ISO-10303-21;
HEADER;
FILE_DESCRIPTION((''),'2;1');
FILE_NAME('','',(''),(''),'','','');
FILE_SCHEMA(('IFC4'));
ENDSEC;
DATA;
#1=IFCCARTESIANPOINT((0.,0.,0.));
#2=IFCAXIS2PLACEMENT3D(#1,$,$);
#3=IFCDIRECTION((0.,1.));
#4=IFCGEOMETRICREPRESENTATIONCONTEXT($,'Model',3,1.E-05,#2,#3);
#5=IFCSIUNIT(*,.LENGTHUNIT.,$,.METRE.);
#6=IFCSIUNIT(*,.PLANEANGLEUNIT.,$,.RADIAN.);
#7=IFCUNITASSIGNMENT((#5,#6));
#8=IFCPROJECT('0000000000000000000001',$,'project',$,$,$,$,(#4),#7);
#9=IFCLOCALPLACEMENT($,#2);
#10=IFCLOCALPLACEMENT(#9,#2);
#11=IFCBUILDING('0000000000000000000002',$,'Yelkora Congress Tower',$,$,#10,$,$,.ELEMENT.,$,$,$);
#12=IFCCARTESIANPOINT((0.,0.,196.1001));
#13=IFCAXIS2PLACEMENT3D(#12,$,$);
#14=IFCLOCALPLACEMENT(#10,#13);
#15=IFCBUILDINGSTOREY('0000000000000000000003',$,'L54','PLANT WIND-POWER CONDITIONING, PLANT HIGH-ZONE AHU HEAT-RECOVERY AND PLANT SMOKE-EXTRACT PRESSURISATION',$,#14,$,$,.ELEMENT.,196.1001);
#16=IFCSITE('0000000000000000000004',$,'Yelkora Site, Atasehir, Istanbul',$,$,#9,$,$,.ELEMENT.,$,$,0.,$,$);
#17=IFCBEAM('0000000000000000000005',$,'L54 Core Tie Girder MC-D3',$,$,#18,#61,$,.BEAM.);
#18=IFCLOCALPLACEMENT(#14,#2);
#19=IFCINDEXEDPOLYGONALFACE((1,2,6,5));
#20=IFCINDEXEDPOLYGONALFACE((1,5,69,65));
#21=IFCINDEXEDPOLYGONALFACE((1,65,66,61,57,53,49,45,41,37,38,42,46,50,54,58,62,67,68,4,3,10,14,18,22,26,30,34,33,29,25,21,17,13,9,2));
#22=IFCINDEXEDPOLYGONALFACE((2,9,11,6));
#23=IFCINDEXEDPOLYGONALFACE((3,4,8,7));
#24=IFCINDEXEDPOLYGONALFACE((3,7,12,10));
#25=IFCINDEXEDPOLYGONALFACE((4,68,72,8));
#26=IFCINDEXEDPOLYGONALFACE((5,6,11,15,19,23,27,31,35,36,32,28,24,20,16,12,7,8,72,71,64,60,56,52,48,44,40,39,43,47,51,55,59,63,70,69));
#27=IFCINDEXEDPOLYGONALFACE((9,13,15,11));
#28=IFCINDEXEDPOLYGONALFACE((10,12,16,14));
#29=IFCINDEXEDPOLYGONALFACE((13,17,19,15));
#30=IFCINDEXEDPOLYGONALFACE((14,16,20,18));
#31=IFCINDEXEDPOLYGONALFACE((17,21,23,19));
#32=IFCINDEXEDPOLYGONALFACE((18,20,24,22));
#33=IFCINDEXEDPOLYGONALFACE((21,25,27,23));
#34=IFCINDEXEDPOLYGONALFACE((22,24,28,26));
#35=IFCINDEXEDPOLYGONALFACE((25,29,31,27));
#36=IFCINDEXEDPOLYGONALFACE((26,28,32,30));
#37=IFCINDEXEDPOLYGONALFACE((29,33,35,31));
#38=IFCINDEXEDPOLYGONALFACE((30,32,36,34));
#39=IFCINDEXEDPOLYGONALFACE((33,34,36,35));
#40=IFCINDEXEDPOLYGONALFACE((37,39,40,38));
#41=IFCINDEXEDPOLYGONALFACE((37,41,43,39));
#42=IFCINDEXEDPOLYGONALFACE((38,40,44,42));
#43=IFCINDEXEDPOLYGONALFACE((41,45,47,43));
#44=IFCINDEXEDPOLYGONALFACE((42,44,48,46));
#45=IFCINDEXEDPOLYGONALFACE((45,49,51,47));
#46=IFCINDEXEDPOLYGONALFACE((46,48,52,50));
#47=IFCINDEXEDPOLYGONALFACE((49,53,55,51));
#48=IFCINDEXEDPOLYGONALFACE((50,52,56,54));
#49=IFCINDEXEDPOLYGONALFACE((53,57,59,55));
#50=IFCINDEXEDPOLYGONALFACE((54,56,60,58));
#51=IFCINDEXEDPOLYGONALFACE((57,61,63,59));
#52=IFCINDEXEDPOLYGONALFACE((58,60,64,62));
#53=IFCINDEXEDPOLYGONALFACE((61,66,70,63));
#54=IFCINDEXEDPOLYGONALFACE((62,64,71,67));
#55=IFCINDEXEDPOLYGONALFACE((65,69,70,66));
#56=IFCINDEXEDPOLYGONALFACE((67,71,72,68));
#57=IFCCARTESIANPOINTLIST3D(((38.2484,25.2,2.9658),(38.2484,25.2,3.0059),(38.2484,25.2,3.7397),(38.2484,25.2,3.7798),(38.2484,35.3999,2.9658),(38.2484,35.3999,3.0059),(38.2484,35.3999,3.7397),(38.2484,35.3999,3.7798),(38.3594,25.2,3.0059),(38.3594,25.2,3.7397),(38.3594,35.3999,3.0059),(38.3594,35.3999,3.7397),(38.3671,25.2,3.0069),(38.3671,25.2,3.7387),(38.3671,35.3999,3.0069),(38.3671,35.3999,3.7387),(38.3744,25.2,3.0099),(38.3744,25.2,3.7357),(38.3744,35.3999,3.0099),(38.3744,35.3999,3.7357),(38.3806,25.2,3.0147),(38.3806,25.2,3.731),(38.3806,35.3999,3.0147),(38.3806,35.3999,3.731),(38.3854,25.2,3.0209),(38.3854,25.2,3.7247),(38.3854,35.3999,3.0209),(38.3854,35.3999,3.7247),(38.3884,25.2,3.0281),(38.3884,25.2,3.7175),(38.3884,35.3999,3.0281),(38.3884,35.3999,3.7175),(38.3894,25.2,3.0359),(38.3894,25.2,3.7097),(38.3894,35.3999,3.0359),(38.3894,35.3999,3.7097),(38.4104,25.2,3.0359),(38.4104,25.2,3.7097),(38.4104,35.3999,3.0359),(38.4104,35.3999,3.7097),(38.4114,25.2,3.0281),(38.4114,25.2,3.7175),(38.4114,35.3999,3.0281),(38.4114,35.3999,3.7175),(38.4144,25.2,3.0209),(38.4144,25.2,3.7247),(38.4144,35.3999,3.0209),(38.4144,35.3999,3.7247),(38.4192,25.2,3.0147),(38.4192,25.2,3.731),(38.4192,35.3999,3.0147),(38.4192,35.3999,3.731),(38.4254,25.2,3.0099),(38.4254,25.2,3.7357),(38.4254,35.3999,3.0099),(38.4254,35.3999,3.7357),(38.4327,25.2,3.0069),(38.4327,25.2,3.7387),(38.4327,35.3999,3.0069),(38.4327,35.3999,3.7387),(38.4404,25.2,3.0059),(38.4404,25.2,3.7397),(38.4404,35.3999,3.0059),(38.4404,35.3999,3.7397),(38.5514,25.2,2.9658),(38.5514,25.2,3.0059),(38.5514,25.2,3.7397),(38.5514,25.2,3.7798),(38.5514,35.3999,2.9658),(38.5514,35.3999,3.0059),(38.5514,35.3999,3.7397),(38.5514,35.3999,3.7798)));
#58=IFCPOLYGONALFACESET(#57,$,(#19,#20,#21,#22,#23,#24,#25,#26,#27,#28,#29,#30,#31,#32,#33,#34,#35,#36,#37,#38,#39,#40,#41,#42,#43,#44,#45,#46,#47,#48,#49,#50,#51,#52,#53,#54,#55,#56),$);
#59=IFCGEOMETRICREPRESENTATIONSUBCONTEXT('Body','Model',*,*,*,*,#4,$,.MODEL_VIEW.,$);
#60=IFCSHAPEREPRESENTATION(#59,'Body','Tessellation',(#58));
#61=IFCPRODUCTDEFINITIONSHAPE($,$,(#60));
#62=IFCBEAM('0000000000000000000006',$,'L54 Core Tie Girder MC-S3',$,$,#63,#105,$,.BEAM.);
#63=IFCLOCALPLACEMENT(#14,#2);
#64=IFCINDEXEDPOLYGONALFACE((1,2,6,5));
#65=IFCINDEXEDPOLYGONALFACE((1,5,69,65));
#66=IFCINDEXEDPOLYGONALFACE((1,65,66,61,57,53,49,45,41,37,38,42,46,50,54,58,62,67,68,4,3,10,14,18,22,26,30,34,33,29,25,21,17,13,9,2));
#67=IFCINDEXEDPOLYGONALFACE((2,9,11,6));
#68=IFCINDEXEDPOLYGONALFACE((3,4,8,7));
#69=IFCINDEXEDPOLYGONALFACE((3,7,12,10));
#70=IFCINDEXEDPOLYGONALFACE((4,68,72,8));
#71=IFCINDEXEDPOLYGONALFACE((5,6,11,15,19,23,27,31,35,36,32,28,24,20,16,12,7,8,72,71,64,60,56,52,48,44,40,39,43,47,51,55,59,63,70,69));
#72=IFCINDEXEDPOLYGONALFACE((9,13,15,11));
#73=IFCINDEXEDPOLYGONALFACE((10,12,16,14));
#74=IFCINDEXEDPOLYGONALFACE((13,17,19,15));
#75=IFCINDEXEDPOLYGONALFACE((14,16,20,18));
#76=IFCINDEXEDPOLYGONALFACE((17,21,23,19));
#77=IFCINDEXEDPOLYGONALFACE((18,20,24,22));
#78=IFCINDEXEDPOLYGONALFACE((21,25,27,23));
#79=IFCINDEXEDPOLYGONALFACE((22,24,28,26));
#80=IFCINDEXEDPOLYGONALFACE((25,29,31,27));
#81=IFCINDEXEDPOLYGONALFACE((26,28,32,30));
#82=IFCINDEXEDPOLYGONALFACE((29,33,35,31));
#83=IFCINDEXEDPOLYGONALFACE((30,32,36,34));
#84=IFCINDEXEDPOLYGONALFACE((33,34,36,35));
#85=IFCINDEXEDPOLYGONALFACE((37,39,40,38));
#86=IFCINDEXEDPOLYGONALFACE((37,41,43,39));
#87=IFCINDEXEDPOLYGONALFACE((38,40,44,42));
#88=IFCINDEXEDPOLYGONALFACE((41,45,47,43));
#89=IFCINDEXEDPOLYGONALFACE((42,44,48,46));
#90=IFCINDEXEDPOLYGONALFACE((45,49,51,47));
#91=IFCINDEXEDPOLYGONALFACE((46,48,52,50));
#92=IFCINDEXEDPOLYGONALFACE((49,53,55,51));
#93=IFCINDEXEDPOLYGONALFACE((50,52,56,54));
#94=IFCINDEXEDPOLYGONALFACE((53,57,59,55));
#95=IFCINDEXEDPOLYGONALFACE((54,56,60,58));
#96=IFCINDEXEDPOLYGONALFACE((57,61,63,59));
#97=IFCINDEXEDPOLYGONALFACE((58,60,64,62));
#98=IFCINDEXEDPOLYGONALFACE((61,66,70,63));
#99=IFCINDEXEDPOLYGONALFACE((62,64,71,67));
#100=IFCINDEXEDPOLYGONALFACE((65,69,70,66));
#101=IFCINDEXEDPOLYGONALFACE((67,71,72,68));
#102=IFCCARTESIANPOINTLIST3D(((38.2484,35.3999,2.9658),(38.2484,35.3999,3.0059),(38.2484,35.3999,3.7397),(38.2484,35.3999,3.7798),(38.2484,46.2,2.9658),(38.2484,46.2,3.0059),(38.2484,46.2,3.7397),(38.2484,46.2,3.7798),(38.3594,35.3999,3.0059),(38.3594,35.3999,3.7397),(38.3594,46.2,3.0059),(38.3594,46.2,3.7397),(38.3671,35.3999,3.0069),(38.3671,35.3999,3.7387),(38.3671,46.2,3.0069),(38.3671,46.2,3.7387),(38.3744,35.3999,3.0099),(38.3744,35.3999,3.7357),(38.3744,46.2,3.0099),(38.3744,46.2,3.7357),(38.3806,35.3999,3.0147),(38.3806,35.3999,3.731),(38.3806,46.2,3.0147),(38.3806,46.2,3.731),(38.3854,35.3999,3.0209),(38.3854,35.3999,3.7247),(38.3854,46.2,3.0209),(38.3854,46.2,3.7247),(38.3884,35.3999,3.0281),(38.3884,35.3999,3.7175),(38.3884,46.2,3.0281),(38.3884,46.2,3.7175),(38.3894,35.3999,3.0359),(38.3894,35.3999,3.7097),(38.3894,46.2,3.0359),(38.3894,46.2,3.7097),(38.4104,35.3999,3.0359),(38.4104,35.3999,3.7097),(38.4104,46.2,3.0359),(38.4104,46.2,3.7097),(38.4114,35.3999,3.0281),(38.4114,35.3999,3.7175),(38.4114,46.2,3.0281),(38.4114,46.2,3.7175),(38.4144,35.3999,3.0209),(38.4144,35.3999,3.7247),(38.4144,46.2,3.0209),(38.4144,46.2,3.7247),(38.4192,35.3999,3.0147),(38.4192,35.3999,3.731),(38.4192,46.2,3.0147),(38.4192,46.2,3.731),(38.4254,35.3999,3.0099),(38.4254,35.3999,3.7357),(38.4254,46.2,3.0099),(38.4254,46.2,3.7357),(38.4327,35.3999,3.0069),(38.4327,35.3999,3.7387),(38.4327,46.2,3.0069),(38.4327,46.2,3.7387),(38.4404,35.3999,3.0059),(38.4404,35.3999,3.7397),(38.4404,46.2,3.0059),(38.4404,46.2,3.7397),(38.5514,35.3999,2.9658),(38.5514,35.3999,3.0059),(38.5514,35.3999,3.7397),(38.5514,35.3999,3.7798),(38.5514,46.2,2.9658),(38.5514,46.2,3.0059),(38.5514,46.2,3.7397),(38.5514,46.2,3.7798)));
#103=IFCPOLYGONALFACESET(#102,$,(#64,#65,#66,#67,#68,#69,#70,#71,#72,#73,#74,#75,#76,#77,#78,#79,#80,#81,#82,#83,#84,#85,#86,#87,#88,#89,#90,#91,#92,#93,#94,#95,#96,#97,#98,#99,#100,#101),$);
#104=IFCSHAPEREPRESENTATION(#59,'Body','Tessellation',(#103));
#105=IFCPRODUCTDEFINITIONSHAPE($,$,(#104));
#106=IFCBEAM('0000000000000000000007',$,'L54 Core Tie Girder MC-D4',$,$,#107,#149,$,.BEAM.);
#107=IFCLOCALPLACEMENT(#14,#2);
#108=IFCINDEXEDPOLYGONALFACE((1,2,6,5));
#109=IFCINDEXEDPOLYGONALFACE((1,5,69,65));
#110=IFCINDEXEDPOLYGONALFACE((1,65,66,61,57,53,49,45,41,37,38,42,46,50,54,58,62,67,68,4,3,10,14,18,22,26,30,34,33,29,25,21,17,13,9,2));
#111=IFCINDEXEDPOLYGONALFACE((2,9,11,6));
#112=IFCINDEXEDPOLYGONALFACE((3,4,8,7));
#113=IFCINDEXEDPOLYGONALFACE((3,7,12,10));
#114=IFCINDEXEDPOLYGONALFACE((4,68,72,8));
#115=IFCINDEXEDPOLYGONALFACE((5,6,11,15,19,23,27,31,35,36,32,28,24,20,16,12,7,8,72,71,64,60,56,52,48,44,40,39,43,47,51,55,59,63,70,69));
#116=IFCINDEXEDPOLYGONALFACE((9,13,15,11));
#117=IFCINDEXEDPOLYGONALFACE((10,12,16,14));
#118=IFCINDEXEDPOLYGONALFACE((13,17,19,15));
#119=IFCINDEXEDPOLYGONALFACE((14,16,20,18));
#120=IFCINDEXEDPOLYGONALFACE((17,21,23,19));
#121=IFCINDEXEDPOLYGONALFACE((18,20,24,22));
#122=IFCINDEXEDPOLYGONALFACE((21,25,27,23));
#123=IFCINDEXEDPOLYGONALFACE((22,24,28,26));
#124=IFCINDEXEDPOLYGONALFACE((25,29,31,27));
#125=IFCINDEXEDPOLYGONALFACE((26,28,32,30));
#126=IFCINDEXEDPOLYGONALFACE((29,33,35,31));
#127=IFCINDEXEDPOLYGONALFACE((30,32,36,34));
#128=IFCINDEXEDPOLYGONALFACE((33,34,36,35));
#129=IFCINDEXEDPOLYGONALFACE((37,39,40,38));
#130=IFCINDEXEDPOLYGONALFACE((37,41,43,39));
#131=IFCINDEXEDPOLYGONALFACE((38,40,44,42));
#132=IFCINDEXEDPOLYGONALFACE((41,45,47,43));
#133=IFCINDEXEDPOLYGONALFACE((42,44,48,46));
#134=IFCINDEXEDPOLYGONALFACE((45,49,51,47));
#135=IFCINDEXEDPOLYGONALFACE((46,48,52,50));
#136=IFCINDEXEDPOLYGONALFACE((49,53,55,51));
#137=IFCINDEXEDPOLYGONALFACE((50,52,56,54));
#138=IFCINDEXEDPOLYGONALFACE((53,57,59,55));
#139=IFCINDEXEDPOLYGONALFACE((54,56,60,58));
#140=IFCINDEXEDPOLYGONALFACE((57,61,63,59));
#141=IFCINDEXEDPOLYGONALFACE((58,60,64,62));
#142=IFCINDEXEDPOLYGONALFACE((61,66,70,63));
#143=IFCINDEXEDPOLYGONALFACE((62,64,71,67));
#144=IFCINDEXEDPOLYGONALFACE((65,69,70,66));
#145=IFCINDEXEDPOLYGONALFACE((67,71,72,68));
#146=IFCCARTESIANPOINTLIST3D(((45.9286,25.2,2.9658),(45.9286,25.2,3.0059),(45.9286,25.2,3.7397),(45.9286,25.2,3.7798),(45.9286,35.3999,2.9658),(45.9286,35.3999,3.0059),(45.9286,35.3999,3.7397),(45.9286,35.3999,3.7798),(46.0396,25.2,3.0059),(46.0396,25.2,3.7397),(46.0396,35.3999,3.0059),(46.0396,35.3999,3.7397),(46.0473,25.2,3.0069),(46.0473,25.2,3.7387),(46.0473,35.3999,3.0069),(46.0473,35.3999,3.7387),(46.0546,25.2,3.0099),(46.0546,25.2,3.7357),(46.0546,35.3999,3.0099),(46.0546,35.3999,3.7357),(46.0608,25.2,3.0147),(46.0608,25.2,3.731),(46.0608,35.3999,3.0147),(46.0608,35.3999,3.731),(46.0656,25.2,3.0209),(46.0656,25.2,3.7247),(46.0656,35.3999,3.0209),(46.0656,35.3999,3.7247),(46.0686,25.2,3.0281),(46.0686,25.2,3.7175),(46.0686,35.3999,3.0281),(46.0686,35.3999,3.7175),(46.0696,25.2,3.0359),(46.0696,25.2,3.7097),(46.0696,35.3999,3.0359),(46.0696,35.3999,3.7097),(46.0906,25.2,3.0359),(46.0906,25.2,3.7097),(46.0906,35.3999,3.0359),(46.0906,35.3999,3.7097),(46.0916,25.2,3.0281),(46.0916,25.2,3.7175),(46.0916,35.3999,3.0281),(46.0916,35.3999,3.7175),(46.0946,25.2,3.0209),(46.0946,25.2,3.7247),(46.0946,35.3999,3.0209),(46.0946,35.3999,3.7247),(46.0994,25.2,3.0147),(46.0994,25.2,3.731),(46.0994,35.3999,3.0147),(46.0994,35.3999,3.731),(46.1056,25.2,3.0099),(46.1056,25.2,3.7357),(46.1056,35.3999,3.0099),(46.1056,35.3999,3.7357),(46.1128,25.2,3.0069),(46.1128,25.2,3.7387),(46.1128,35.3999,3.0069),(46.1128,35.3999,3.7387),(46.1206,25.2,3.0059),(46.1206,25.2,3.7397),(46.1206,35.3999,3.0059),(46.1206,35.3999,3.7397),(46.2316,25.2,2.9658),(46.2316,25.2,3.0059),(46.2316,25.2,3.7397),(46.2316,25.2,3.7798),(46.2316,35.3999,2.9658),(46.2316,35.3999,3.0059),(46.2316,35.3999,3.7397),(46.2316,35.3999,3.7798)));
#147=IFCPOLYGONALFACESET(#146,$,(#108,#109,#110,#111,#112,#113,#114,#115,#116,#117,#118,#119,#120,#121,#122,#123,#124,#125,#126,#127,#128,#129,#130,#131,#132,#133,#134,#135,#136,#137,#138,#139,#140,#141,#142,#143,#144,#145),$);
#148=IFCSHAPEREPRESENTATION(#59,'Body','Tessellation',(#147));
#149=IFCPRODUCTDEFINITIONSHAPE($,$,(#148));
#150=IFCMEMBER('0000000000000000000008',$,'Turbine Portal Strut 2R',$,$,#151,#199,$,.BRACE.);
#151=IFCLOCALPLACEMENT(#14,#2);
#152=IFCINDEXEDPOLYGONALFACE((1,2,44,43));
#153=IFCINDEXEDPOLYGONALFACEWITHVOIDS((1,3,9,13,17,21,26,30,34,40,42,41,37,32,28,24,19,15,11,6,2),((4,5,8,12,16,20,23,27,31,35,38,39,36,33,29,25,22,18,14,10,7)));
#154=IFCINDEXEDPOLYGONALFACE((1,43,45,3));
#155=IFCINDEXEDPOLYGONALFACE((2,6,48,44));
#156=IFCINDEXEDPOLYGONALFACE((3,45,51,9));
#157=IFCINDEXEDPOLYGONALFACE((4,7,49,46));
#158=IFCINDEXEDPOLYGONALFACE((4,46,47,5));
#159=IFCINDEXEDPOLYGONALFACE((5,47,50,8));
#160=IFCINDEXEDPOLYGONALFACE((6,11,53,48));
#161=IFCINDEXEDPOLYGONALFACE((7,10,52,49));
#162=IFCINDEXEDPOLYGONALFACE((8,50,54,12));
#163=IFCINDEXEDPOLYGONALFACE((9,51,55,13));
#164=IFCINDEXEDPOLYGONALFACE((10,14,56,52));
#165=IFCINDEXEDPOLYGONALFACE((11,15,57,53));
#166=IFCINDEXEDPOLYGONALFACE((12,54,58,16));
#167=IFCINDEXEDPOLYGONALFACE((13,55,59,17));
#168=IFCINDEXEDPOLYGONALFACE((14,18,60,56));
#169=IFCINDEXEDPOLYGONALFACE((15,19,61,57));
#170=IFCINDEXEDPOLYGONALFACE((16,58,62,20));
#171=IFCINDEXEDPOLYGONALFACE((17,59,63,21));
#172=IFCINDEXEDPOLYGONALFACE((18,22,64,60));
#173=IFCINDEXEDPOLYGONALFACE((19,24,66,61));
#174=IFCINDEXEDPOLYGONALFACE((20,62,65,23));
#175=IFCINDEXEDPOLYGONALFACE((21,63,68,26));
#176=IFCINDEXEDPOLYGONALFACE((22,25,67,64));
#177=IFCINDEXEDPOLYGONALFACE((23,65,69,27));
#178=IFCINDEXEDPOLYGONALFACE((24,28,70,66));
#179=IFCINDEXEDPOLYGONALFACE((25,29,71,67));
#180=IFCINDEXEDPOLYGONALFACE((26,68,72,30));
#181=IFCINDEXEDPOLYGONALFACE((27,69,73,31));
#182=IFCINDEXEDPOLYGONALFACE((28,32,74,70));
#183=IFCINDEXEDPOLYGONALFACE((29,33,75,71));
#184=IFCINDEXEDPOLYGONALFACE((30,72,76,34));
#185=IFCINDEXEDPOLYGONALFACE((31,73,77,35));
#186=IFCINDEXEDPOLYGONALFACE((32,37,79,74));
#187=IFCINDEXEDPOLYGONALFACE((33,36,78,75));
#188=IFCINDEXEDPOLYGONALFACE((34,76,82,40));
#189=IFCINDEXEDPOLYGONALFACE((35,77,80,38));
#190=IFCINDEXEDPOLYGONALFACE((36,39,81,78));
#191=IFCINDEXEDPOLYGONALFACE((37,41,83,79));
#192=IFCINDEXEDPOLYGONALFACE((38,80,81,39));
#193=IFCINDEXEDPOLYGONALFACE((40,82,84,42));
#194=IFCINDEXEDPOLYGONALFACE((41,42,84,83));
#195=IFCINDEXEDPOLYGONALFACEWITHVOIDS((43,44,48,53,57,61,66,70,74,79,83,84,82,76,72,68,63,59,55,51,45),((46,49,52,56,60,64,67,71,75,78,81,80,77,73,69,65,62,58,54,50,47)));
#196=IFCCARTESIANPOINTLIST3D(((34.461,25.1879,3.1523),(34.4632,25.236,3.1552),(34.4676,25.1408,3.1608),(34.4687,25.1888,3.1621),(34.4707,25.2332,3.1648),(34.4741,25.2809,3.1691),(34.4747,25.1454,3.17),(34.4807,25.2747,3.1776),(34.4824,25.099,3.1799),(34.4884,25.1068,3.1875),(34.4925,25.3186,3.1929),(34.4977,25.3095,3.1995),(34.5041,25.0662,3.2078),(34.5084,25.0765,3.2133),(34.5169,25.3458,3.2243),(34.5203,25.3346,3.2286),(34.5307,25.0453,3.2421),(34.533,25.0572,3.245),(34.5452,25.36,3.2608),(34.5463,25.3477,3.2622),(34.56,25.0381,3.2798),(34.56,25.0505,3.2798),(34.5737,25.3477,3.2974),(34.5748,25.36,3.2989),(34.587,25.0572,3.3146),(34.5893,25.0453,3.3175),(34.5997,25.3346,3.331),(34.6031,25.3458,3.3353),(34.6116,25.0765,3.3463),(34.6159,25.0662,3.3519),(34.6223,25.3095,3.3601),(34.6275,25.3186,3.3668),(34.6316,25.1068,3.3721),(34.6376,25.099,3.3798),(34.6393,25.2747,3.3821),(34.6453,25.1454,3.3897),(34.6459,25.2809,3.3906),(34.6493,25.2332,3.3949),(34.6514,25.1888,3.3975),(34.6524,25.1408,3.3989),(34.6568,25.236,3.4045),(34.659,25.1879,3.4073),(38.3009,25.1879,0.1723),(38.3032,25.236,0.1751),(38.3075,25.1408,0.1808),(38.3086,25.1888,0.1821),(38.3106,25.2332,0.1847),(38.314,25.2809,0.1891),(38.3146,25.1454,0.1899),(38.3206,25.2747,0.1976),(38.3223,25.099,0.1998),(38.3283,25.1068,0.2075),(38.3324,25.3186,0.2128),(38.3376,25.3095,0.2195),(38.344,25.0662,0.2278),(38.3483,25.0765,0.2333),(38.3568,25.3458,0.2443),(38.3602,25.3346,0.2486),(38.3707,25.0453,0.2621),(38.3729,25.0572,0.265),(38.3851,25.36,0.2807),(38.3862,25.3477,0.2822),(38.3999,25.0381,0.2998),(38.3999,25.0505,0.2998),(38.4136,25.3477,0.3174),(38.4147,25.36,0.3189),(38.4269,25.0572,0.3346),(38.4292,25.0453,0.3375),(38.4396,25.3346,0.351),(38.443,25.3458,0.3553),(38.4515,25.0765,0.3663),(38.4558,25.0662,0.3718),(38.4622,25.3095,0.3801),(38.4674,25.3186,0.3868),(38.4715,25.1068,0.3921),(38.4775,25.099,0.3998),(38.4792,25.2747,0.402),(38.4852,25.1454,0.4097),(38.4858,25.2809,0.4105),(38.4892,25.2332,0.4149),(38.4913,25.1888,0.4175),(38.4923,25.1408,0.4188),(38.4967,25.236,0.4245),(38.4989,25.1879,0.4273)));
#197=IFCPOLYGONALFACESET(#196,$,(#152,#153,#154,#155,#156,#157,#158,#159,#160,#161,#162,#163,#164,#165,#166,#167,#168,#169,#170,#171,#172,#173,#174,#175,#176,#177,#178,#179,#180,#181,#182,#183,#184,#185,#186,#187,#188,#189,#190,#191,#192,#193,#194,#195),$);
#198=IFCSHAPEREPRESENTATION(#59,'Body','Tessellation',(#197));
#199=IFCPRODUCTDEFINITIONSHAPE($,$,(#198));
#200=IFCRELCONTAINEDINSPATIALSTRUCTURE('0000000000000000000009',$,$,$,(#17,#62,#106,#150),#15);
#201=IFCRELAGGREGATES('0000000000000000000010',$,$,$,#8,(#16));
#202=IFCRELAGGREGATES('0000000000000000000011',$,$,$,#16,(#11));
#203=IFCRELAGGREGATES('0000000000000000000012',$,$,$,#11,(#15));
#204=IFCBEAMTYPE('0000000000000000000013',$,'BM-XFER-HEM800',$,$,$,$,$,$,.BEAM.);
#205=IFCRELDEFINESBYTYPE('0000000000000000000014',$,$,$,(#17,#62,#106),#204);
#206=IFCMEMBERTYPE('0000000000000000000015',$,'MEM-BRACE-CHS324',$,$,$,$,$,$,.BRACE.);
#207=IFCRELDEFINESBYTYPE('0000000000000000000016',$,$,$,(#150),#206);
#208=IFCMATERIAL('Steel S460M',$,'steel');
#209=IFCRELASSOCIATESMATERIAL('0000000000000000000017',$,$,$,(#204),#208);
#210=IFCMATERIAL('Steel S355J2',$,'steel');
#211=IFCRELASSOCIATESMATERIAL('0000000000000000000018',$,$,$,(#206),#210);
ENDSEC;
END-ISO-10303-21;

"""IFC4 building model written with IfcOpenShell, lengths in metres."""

from ifc_helpers import new_model, si_unit, direction, frame, origin, origin_2d, place, context, subcontext, project, spatial, hollow_circle, i_section, extrude, material, material_profile, profile_set, type_object, element, save


model = new_model("IFC4")

# Units and contexts
model_context = context("Model", 3, precision=1e-05, world=origin(), true_north=direction((0.0, 1.0)))
body_context = subcontext(model_context, "Body", "Model", "MODEL_VIEW")
ifc_project = project(units=[si_unit("LENGTHUNIT", "METRE"), si_unit("PLANEANGLEUNIT", "RADIAN")], contexts=[model_context])

# Site, building, storey
site_placement = place(None, origin())
site = spatial("IfcSite", under=ifc_project, at=site_placement, Name="Yelkora Site, Atasehir, Istanbul", CompositionType="ELEMENT", RefElevation=0.0)
building_placement = place(site_placement, origin())
building = spatial("IfcBuilding", under=site, at=building_placement, Name="Yelkora Congress Tower", CompositionType="ELEMENT")
storey_placement = place(building_placement, frame((0.0, 0.0, 196.1001)))
storey = spatial("IfcBuildingStorey", under=building, at=storey_placement, Name="L54", Description="PLANT WIND-POWER CONDITIONING, PLANT HIGH-ZONE AHU HEAT-RECOVERY AND PLANT SMOKE-EXTRACT PRESSURISATION", CompositionType="ELEMENT", Elevation=196.1001)

# Shared definitions
ifc_material_1 = material(Name="Steel S460M", Category="steel")

# Beams
ifc_material_profile_1 = material_profile(ifc_material_1, i_section(OverallWidth=0.303, OverallDepth=0.814, WebThickness=0.021, FlangeThickness=0.04, FilletRadius=0.03, at=origin_2d()), Name="HEM 800")
ifc_profile_set_1 = profile_set([ifc_material_profile_1], Name="Steel S460M")
beam_type = type_object("IfcBeamType", Name="BM-XFER-HEM800", PredefinedType="BEAM", material=ifc_profile_set_1)
beam_1_placement = place(storey_placement, frame((38.3999, 25.2, 3.3728), z_axis=(0.0, 1.0, 0.0), x_axis=(-1.0, 0.0, 0.0)))
element("IfcBeam", 1, at=beam_1_placement, inside=storey, type_object=beam_type, Name="L54 Core Tie Girder MC-D3", PredefinedType="BEAM", context=body_context, shape_type="SweptSolid", body=[
    extrude(i_section(OverallWidth=0.303, OverallDepth=0.814, WebThickness=0.021, FlangeThickness=0.04, FilletRadius=0.03, at=origin_2d()), origin(), (0.0, 0.0, 1.0), 10.2),
])
beam_2_placement = place(storey_placement, frame((38.3999, 35.3999, 3.3728), z_axis=(0.0, 1.0, 0.0), x_axis=(-1.0, 0.0, 0.0)))
element("IfcBeam", 2, at=beam_2_placement, inside=storey, type_object=beam_type, Name="L54 Core Tie Girder MC-S3", PredefinedType="BEAM", context=body_context, shape_type="SweptSolid", body=[
    extrude(i_section(OverallWidth=0.303, OverallDepth=0.814, WebThickness=0.021, FlangeThickness=0.04, FilletRadius=0.03, at=origin_2d()), origin(), (0.0, 0.0, 1.0), 10.8),
])
beam_3_placement = place(storey_placement, frame((46.0801, 25.2, 3.3728), z_axis=(0.0, 1.0, 0.0), x_axis=(-1.0, 0.0, 0.0)))
element("IfcBeam", 3, at=beam_3_placement, inside=storey, type_object=beam_type, Name="L54 Core Tie Girder MC-D4", PredefinedType="BEAM", context=body_context, shape_type="SweptSolid", body=[
    extrude(i_section(OverallWidth=0.303, OverallDepth=0.814, WebThickness=0.021, FlangeThickness=0.04, FilletRadius=0.03, at=origin_2d()), origin(), (0.0, 0.0, 1.0), 10.2),
])

# Member
ifc_material_2 = material(Name="Steel S355J2", Category="steel")
ifc_material_profile_2 = material_profile(ifc_material_2, hollow_circle(Radius=0.1619, WallThickness=0.0125, at=origin_2d()), Name="CHS 323.9x12.5")
ifc_profile_set_2 = profile_set([ifc_material_profile_2], Name="Steel S355J2")
member_type_1 = type_object("IfcMemberType", Name="MEM-BRACE-CHS324", PredefinedType="BRACE", material=ifc_profile_set_2)
member_1_placement = place(storey_placement, frame((38.3999, 25.2, 0.2998), z_axis=(-0.790006, 0.0, 0.613099), x_axis=(0.0, -1.0, 0.0)))
element("IfcMember", 4, at=member_1_placement, inside=storey, type_object=member_type_1, Name="Turbine Portal Strut 2R", PredefinedType="BRACE", context=body_context, shape_type="SweptSolid", body=[
    extrude(hollow_circle(Radius=0.1619, WallThickness=0.0125, at=origin_2d()), origin(), (0.0, 0.0, 1.0), 4.8606),
])

save(model, "model.ifc")
